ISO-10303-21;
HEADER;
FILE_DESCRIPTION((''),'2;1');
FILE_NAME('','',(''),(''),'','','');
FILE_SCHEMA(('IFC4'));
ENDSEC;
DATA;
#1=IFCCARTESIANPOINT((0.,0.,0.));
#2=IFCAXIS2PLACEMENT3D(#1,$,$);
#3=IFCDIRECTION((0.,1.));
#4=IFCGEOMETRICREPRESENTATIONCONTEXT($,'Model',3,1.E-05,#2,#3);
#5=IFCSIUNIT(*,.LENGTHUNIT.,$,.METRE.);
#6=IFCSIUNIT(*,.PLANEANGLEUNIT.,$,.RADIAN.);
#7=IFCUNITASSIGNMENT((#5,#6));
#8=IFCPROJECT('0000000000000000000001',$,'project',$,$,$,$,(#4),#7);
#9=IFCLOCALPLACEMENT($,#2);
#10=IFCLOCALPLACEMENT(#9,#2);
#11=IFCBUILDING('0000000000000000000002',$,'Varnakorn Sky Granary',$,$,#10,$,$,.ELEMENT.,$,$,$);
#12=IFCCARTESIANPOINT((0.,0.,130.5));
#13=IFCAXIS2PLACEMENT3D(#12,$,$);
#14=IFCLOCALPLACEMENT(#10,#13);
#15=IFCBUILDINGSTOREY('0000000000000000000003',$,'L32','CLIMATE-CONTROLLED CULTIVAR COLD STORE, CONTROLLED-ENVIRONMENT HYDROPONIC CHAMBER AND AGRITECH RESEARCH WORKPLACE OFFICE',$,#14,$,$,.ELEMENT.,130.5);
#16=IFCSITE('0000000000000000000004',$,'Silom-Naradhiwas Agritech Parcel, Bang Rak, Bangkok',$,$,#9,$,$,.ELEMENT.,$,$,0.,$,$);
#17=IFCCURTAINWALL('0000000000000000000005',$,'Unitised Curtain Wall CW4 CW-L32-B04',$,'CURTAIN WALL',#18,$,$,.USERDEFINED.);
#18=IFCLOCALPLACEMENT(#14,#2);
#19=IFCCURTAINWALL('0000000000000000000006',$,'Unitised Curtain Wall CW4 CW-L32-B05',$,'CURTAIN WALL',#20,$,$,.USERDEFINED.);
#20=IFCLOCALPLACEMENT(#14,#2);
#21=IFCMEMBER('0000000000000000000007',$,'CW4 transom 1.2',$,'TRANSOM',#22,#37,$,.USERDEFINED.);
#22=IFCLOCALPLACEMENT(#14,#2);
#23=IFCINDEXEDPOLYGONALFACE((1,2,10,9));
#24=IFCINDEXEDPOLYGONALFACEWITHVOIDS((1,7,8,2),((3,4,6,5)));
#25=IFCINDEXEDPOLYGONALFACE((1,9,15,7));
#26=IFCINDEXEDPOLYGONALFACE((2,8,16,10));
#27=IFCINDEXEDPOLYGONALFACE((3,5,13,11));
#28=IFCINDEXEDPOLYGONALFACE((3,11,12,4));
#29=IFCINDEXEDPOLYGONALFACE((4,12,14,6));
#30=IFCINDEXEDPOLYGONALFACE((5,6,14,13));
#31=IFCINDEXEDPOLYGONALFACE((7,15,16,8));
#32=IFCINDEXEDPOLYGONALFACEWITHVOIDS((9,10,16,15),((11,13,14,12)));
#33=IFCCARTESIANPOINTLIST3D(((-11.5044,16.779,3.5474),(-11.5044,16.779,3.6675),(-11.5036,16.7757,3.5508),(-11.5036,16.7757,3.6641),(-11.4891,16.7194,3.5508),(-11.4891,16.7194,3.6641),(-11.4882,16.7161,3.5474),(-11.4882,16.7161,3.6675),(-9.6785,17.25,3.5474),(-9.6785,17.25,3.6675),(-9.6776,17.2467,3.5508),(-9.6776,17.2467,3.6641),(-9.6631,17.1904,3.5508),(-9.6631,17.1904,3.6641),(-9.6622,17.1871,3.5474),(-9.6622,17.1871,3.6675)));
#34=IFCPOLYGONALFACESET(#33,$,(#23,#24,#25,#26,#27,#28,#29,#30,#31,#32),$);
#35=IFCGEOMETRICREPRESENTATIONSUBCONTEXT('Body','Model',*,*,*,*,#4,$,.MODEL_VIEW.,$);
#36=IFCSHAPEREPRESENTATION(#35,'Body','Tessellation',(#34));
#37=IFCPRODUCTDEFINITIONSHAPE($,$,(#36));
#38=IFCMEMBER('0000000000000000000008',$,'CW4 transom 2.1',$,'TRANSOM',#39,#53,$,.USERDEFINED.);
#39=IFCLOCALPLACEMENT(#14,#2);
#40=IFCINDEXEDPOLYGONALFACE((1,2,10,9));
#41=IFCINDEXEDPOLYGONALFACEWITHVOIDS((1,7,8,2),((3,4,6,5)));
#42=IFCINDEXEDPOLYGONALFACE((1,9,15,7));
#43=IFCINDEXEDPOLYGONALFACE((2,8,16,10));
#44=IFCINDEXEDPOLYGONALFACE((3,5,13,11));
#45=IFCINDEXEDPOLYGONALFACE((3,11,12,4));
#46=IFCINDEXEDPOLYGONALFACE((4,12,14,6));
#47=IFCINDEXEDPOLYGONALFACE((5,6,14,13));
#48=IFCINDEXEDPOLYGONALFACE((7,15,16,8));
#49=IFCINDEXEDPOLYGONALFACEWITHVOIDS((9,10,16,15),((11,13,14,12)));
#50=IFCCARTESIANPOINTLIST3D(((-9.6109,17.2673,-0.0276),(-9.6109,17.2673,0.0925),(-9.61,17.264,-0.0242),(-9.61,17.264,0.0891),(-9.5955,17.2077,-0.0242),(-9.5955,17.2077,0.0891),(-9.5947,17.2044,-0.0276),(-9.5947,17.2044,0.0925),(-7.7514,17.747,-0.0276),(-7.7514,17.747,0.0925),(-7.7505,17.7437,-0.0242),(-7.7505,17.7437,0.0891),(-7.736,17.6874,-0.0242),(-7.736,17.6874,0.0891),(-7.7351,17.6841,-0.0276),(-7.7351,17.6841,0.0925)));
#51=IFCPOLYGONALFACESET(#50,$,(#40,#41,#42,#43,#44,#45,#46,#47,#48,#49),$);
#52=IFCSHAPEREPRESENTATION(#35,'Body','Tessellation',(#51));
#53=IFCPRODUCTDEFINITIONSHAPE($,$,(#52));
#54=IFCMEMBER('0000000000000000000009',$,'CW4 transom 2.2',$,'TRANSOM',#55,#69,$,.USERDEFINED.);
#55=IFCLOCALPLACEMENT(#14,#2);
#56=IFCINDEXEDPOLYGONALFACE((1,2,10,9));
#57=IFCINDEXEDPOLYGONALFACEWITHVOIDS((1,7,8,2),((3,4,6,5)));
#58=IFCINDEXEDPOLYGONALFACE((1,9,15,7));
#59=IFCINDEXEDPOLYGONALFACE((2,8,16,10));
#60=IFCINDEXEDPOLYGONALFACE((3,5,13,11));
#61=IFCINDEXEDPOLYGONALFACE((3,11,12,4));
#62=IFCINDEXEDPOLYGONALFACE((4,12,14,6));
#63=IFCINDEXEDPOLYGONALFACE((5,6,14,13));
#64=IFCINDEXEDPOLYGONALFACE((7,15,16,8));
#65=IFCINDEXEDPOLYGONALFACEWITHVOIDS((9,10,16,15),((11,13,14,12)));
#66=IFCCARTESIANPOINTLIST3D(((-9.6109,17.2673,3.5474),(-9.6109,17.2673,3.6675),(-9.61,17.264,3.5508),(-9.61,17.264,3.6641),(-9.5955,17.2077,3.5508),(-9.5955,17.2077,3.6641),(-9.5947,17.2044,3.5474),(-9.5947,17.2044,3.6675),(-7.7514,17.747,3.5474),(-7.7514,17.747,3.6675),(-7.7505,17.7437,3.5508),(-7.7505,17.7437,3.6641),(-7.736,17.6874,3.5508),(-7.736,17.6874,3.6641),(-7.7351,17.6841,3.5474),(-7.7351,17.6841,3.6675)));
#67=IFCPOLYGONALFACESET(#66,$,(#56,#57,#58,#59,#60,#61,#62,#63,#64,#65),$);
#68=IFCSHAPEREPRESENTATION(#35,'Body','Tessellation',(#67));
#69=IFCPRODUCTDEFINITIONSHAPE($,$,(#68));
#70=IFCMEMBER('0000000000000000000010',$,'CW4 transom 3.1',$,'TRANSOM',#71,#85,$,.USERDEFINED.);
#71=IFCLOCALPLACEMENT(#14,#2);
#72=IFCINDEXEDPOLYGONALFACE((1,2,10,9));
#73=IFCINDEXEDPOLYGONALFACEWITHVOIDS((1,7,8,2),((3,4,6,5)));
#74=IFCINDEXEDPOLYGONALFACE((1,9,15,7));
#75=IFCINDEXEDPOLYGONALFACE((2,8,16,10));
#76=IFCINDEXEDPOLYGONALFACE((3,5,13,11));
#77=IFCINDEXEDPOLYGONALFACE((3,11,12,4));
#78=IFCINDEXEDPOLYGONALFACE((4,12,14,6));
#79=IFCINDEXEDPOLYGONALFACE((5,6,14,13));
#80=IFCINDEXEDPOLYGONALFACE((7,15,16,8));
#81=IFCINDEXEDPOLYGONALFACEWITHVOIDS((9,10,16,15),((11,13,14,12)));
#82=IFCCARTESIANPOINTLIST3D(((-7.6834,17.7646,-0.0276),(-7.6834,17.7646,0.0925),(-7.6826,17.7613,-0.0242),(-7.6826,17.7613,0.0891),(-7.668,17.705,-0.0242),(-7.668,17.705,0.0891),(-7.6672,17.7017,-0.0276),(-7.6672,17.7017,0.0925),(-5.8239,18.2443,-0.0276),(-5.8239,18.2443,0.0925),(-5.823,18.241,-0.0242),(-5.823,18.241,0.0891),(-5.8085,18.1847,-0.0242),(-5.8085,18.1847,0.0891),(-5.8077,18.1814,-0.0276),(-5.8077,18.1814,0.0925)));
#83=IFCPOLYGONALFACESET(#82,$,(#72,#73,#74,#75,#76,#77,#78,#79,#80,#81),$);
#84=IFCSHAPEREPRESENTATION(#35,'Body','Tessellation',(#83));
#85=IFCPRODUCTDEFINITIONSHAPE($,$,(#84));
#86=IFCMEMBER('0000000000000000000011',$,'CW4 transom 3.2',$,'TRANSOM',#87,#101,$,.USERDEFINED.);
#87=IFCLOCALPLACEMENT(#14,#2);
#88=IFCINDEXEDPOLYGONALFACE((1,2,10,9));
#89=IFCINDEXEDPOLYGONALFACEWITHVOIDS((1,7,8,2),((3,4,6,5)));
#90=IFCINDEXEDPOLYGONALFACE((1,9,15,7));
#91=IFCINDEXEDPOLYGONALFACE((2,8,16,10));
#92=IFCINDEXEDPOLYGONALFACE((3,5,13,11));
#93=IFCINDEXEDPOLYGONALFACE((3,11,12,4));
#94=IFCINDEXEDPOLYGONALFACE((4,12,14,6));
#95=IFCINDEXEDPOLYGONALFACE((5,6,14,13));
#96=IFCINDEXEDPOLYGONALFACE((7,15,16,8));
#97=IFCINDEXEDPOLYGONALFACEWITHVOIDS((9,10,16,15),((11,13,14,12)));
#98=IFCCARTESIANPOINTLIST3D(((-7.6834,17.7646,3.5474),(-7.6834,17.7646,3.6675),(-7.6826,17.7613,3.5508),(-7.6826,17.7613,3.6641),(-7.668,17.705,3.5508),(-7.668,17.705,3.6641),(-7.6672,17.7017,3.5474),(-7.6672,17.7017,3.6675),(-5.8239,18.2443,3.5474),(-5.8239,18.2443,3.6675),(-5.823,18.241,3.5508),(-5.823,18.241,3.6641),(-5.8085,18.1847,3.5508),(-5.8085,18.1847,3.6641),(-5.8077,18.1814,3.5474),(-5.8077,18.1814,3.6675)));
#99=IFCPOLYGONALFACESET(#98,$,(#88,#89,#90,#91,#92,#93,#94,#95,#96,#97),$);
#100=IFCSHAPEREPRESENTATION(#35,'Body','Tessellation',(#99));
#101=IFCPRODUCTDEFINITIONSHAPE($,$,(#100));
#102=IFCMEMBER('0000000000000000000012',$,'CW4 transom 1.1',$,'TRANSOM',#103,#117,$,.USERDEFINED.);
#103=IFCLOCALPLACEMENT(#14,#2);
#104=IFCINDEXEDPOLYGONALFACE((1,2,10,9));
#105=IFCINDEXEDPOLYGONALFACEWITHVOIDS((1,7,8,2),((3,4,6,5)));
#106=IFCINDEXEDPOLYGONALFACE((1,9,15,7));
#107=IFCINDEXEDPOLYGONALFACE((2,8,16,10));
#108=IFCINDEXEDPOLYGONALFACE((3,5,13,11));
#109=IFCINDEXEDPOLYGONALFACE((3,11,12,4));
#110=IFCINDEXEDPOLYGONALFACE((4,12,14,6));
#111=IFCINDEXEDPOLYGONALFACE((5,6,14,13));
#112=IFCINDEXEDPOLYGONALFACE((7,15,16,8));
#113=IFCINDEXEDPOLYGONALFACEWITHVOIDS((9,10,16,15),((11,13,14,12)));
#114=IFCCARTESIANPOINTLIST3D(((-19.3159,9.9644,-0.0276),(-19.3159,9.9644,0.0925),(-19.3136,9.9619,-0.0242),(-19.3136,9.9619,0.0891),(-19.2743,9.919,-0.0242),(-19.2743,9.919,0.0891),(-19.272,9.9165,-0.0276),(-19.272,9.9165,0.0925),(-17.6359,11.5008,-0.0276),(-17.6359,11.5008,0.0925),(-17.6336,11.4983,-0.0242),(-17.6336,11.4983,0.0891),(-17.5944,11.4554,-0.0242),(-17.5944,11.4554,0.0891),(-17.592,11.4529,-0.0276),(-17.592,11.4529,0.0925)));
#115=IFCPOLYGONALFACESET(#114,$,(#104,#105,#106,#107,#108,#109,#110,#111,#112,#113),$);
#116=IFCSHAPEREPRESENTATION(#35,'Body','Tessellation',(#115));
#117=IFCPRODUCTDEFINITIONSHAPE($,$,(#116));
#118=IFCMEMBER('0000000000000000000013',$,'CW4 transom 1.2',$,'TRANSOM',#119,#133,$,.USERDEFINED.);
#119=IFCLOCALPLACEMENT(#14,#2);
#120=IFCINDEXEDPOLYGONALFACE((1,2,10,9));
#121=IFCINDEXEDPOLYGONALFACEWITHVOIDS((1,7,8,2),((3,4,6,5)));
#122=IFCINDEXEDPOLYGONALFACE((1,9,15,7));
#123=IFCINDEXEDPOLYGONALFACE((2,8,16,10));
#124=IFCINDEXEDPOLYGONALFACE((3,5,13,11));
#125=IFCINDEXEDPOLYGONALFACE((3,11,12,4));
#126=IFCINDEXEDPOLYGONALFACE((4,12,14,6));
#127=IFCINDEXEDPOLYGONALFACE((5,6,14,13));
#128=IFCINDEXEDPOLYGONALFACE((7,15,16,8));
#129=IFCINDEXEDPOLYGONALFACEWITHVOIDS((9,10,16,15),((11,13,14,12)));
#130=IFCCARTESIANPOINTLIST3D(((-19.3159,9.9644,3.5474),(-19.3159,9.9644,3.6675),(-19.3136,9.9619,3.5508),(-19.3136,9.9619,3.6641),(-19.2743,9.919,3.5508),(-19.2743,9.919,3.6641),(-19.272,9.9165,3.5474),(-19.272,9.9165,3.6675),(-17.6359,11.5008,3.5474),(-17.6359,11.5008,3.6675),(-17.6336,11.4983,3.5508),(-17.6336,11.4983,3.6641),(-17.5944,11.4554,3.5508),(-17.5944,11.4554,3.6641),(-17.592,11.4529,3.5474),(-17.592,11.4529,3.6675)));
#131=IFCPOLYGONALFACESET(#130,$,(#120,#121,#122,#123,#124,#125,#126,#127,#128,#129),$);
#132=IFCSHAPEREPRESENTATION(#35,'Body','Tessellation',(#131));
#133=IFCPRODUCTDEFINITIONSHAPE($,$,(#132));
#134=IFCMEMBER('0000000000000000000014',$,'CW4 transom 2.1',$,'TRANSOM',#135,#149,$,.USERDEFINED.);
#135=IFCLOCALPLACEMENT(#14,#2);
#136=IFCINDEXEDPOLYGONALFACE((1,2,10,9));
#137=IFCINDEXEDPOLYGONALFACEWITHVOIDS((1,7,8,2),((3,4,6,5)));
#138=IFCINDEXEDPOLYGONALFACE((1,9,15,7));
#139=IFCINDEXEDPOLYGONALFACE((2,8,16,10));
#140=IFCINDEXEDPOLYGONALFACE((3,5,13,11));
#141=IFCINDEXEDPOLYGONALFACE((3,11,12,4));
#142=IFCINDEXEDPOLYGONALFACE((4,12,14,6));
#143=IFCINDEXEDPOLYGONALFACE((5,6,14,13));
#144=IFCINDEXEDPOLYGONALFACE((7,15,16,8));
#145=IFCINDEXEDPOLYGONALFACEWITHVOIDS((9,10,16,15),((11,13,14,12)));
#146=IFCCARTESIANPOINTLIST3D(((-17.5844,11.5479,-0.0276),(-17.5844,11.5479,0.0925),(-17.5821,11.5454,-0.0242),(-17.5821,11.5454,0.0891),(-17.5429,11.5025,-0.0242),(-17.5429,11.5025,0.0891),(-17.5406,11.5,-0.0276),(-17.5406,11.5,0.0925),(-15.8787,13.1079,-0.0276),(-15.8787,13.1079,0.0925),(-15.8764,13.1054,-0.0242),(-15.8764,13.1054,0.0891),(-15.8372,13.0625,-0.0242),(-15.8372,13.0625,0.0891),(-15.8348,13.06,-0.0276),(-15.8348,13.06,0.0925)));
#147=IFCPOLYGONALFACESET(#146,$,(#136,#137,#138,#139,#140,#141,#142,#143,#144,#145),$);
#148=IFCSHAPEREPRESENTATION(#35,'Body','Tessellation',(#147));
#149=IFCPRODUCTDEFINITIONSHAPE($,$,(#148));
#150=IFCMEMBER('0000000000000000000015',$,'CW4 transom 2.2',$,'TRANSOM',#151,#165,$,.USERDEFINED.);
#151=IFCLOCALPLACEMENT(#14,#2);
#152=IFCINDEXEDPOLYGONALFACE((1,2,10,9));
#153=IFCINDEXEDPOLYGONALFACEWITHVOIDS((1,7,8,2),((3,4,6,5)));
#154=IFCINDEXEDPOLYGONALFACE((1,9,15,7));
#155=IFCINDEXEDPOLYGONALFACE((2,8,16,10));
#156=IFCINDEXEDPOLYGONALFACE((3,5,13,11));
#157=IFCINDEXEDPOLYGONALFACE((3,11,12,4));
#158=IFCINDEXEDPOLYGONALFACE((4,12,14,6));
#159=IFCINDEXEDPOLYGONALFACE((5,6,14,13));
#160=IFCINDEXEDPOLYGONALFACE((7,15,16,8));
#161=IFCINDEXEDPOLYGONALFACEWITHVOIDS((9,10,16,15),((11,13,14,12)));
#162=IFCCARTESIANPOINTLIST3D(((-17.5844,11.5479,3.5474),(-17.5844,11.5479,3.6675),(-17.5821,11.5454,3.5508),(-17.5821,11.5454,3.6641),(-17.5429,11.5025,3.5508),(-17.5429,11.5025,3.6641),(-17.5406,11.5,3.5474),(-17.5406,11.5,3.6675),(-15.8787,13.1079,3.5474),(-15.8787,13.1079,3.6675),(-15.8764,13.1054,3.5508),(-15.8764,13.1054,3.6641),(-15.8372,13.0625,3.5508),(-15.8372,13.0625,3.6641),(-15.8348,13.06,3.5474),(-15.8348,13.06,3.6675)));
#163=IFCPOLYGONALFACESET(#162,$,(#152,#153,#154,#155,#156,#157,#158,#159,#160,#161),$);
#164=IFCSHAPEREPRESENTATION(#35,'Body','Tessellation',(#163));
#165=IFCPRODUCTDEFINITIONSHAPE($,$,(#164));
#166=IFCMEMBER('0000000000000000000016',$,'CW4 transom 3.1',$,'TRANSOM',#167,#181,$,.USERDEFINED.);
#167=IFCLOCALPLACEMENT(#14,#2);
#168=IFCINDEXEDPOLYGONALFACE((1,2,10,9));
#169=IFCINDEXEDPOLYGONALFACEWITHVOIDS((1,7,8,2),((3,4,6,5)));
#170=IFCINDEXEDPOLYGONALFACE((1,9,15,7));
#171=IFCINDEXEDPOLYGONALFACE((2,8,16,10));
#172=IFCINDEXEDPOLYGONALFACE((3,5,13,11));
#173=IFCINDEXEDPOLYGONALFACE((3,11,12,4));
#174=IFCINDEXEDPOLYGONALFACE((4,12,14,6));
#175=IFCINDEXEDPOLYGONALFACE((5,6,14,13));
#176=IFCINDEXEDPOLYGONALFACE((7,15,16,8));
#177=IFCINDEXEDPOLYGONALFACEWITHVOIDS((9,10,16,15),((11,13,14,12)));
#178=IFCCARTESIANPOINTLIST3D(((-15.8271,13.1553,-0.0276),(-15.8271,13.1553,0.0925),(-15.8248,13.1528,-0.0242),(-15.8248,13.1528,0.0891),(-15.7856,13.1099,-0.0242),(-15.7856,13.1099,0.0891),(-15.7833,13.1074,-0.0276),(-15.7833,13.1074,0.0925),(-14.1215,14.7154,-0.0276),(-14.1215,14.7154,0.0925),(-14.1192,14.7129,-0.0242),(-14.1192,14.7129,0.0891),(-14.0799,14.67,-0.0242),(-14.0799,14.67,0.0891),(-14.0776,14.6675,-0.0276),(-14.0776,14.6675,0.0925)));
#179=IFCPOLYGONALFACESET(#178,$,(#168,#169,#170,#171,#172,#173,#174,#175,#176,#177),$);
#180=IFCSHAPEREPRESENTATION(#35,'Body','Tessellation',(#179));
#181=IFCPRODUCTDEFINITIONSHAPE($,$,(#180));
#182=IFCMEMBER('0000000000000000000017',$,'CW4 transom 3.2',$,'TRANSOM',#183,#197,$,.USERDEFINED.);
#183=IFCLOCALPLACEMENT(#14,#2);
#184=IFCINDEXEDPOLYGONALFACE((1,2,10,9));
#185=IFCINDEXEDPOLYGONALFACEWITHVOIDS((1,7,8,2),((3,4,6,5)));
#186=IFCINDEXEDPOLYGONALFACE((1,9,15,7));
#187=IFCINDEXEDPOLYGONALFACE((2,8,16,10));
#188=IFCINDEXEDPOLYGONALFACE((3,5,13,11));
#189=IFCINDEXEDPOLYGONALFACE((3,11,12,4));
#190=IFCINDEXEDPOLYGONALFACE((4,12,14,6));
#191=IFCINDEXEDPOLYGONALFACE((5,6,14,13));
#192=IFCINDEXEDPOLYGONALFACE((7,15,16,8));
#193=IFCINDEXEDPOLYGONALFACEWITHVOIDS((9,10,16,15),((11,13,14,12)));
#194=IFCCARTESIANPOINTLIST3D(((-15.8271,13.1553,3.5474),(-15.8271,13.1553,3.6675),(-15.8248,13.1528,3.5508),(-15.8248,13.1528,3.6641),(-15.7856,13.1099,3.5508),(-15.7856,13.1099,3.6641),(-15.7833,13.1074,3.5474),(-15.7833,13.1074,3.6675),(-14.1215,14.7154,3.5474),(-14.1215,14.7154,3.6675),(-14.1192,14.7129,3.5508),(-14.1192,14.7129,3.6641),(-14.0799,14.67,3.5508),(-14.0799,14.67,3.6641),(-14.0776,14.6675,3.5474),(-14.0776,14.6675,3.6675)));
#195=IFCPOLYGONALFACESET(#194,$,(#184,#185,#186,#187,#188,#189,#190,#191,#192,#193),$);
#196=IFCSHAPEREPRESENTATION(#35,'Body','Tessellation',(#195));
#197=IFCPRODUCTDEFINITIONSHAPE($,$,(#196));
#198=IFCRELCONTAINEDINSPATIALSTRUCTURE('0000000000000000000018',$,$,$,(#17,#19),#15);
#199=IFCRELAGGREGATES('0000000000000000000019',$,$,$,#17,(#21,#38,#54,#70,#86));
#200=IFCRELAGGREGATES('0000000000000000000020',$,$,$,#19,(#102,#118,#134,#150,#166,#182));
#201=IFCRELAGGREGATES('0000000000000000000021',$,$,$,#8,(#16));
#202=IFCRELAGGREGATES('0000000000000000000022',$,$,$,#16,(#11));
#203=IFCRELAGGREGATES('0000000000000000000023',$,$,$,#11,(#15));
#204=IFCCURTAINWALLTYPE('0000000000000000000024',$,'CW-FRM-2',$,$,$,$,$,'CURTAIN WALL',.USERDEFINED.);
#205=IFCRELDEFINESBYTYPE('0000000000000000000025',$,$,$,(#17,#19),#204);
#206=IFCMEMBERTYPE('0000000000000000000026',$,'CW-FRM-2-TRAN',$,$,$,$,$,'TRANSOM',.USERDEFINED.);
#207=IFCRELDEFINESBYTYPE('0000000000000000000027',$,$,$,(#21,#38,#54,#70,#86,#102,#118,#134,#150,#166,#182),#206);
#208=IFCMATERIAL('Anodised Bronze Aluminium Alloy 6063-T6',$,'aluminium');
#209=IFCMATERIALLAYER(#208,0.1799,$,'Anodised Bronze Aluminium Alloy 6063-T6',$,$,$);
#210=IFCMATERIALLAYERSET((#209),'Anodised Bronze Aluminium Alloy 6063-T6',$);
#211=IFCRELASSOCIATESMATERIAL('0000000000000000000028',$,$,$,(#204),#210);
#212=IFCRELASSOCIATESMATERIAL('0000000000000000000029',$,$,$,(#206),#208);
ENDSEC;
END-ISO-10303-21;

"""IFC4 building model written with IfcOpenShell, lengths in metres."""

from ifc_helpers import new_model, si_unit, direction, frame, origin, origin_2d, place, context, subcontext, project, spatial, hollow_rectangle, extrude, material, layer, layer_set, material_profile, profile_set, type_object, element, aggregate, save


model = new_model("IFC4")

# Units and contexts
model_context = context("Model", 3, precision=1e-05, world=origin(), true_north=direction((0.0, 1.0)))
body_context = subcontext(model_context, "Body", "Model", "MODEL_VIEW")
ifc_project = project(units=[si_unit("LENGTHUNIT", "METRE"), si_unit("PLANEANGLEUNIT", "RADIAN")], contexts=[model_context])

# Site, building, storey
site_placement = place(None, origin())
site = spatial("IfcSite", under=ifc_project, at=site_placement, Name="Silom-Naradhiwas Agritech Parcel, Bang Rak, Bangkok", CompositionType="ELEMENT", RefElevation=0.0)
building_placement = place(site_placement, origin())
building = spatial("IfcBuilding", under=site, at=building_placement, Name="Varnakorn Sky Granary", CompositionType="ELEMENT")
storey_placement = place(building_placement, frame((0.0, 0.0, 130.5)))
storey = spatial("IfcBuildingStorey", under=building, at=storey_placement, Name="L32", Description="CLIMATE-CONTROLLED CULTIVAR COLD STORE, CONTROLLED-ENVIRONMENT HYDROPONIC CHAMBER AND AGRITECH RESEARCH WORKPLACE OFFICE", CompositionType="ELEMENT", Elevation=130.5)

# Curtain walls
ifc_material_1 = material(Name="Anodised Bronze Aluminium Alloy 6063-T6", Category="aluminium")
ifc_layer_1 = layer(ifc_material_1, 0.1799, Name="Anodised Bronze Aluminium Alloy 6063-T6")
ifc_layer_set_1 = layer_set([ifc_layer_1], Name="Anodised Bronze Aluminium Alloy 6063-T6")
curtain_wall_type = type_object("IfcCurtainWallType", Name="CW-FRM-2", ElementType="CURTAIN WALL", PredefinedType="USERDEFINED", material=ifc_layer_set_1)
curtain_wall_1_placement = place(storey_placement, origin())
curtain_wall_1 = element("IfcCurtainWall", 1, at=curtain_wall_1_placement, inside=storey, type_object=curtain_wall_type, Name="Unitised Curtain Wall CW4 CW-L32-B04", ObjectType="CURTAIN WALL", PredefinedType="USERDEFINED")
curtain_wall_2_placement = place(storey_placement, origin())
curtain_wall_2 = element("IfcCurtainWall", 2, at=curtain_wall_2_placement, inside=storey, type_object=curtain_wall_type, Name="Unitised Curtain Wall CW4 CW-L32-B05", ObjectType="CURTAIN WALL", PredefinedType="USERDEFINED")

# Members
ifc_material_profile_1 = material_profile(ifc_material_1, hollow_rectangle(XDim=0.0649, YDim=0.1201, WallThickness=0.0034, at=origin_2d()), Name="ALU TRAN 65x120")
ifc_profile_set_1 = profile_set([ifc_material_profile_1], Name="Anodised Bronze Aluminium Alloy 6063-T6")
member_type_1 = type_object("IfcMemberType", Name="CW-FRM-2-TRAN", ElementType="TRANSOM", PredefinedType="USERDEFINED", material=ifc_profile_set_1)
member_1_placement = place(storey_placement, frame((-11.4963, 16.7476, 3.6074), z_axis=(0.968311, 0.249749, 0.0), x_axis=(-0.249749, 0.968311, 0.0)))
member_1 = element("IfcMember", 3, at=member_1_placement, type_object=member_type_1, Name="CW4 transom 1.2", ObjectType="TRANSOM", PredefinedType="USERDEFINED", context=body_context, shape_type="SweptSolid", body=[
    extrude(hollow_rectangle(XDim=0.0649, YDim=0.1201, WallThickness=0.0034, at=origin_2d()), origin(), (0.0, 0.0, 1.0), 1.8857),
])
member_2_placement = place(storey_placement, frame((-9.6028, 17.2358, 0.0325), z_axis=(0.968298, 0.249797, 0.0), x_axis=(-0.249797, 0.968298, 0.0)))
member_2 = element("IfcMember", 4, at=member_2_placement, type_object=member_type_1, Name="CW4 transom 2.1", ObjectType="TRANSOM", PredefinedType="USERDEFINED", context=body_context, shape_type="SweptSolid", body=[
    extrude(hollow_rectangle(XDim=0.0649, YDim=0.1201, WallThickness=0.0034, at=origin_2d()), origin(), (0.0, 0.0, 1.0), 1.9204),
])
member_3_placement = place(storey_placement, frame((-9.6028, 17.2358, 3.6074), z_axis=(0.968298, 0.249797, 0.0), x_axis=(-0.249797, 0.968298, 0.0)))
member_3 = element("IfcMember", 5, at=member_3_placement, type_object=member_type_1, Name="CW4 transom 2.2", ObjectType="TRANSOM", PredefinedType="USERDEFINED", context=body_context, shape_type="SweptSolid", body=[
    extrude(hollow_rectangle(XDim=0.0649, YDim=0.1201, WallThickness=0.0034, at=origin_2d()), origin(), (0.0, 0.0, 1.0), 1.9204),
])
member_4_placement = place(storey_placement, frame((-7.6753, 17.7332, 0.0325), z_axis=(0.968298, 0.249797, 0.0), x_axis=(-0.249797, 0.968298, 0.0)))
member_4 = element("IfcMember", 6, at=member_4_placement, type_object=member_type_1, Name="CW4 transom 3.1", ObjectType="TRANSOM", PredefinedType="USERDEFINED", context=body_context, shape_type="SweptSolid", body=[
    extrude(hollow_rectangle(XDim=0.0649, YDim=0.1201, WallThickness=0.0034, at=origin_2d()), origin(), (0.0, 0.0, 1.0), 1.9204),
])
member_5_placement = place(storey_placement, frame((-7.6753, 17.7332, 3.6074), z_axis=(0.968298, 0.249797, 0.0), x_axis=(-0.249797, 0.968298, 0.0)))
member_5 = element("IfcMember", 7, at=member_5_placement, type_object=member_type_1, Name="CW4 transom 3.2", ObjectType="TRANSOM", PredefinedType="USERDEFINED", context=body_context, shape_type="SweptSolid", body=[
    extrude(hollow_rectangle(XDim=0.0649, YDim=0.1201, WallThickness=0.0034, at=origin_2d()), origin(), (0.0, 0.0, 1.0), 1.9204),
])
member_6_placement = place(storey_placement, frame((-19.2939, 9.9404, 0.0325), z_axis=(0.737933, 0.674874, 0.0), x_axis=(-0.674874, 0.737933, 0.0)))
member_6 = element("IfcMember", 8, at=member_6_placement, type_object=member_type_1, Name="CW4 transom 1.1", ObjectType="TRANSOM", PredefinedType="USERDEFINED", context=body_context, shape_type="SweptSolid", body=[
    extrude(hollow_rectangle(XDim=0.0649, YDim=0.1201, WallThickness=0.0034, at=origin_2d()), origin(), (0.0, 0.0, 1.0), 2.2766),
])
member_7_placement = place(storey_placement, frame((-19.2939, 9.9404, 3.6074), z_axis=(0.737933, 0.674874, 0.0), x_axis=(-0.674874, 0.737933, 0.0)))
member_7 = element("IfcMember", 9, at=member_7_placement, type_object=member_type_1, Name="CW4 transom 1.2", ObjectType="TRANSOM", PredefinedType="USERDEFINED", context=body_context, shape_type="SweptSolid", body=[
    extrude(hollow_rectangle(XDim=0.0649, YDim=0.1201, WallThickness=0.0034, at=origin_2d()), origin(), (0.0, 0.0, 1.0), 2.2766),
])
member_8_placement = place(storey_placement, frame((-17.5625, 11.5239, 0.0325), z_axis=(0.73793, 0.674878, 0.0), x_axis=(-0.674878, 0.73793, 0.0)))
member_8 = element("IfcMember", 10, at=member_8_placement, type_object=member_type_1, Name="CW4 transom 2.1", ObjectType="TRANSOM", PredefinedType="USERDEFINED", context=body_context, shape_type="SweptSolid", body=[
    extrude(hollow_rectangle(XDim=0.0649, YDim=0.1201, WallThickness=0.0034, at=origin_2d()), origin(), (0.0, 0.0, 1.0), 2.3115),
])
member_9_placement = place(storey_placement, frame((-17.5625, 11.5239, 3.6074), z_axis=(0.73793, 0.674878, 0.0), x_axis=(-0.674878, 0.73793, 0.0)))
member_9 = element("IfcMember", 11, at=member_9_placement, type_object=member_type_1, Name="CW4 transom 2.2", ObjectType="TRANSOM", PredefinedType="USERDEFINED", context=body_context, shape_type="SweptSolid", body=[
    extrude(hollow_rectangle(XDim=0.0649, YDim=0.1201, WallThickness=0.0034, at=origin_2d()), origin(), (0.0, 0.0, 1.0), 2.3115),
])
member_10_placement = place(storey_placement, frame((-15.8052, 13.1313, 0.0325), z_axis=(0.737882, 0.67493, 0.0), x_axis=(-0.67493, 0.737882, 0.0)))
member_10 = element("IfcMember", 12, at=member_10_placement, type_object=member_type_1, Name="CW4 transom 3.1", ObjectType="TRANSOM", PredefinedType="USERDEFINED", context=body_context, shape_type="SweptSolid", body=[
    extrude(hollow_rectangle(XDim=0.0649, YDim=0.1201, WallThickness=0.0034, at=origin_2d()), origin(), (0.0, 0.0, 1.0), 2.3115),
])
member_11_placement = place(storey_placement, frame((-15.8052, 13.1313, 3.6074), z_axis=(0.737882, 0.67493, 0.0), x_axis=(-0.67493, 0.737882, 0.0)))
member_11 = element("IfcMember", 13, at=member_11_placement, type_object=member_type_1, Name="CW4 transom 3.2", ObjectType="TRANSOM", PredefinedType="USERDEFINED", context=body_context, shape_type="SweptSolid", body=[
    extrude(hollow_rectangle(XDim=0.0649, YDim=0.1201, WallThickness=0.0034, at=origin_2d()), origin(), (0.0, 0.0, 1.0), 2.3115),
])

aggregate(curtain_wall_1, [member_1, member_2, member_3, member_4, member_5])
aggregate(curtain_wall_2, [member_6, member_7, member_8, member_9, member_10, member_11])

save(model, "model.ifc")
